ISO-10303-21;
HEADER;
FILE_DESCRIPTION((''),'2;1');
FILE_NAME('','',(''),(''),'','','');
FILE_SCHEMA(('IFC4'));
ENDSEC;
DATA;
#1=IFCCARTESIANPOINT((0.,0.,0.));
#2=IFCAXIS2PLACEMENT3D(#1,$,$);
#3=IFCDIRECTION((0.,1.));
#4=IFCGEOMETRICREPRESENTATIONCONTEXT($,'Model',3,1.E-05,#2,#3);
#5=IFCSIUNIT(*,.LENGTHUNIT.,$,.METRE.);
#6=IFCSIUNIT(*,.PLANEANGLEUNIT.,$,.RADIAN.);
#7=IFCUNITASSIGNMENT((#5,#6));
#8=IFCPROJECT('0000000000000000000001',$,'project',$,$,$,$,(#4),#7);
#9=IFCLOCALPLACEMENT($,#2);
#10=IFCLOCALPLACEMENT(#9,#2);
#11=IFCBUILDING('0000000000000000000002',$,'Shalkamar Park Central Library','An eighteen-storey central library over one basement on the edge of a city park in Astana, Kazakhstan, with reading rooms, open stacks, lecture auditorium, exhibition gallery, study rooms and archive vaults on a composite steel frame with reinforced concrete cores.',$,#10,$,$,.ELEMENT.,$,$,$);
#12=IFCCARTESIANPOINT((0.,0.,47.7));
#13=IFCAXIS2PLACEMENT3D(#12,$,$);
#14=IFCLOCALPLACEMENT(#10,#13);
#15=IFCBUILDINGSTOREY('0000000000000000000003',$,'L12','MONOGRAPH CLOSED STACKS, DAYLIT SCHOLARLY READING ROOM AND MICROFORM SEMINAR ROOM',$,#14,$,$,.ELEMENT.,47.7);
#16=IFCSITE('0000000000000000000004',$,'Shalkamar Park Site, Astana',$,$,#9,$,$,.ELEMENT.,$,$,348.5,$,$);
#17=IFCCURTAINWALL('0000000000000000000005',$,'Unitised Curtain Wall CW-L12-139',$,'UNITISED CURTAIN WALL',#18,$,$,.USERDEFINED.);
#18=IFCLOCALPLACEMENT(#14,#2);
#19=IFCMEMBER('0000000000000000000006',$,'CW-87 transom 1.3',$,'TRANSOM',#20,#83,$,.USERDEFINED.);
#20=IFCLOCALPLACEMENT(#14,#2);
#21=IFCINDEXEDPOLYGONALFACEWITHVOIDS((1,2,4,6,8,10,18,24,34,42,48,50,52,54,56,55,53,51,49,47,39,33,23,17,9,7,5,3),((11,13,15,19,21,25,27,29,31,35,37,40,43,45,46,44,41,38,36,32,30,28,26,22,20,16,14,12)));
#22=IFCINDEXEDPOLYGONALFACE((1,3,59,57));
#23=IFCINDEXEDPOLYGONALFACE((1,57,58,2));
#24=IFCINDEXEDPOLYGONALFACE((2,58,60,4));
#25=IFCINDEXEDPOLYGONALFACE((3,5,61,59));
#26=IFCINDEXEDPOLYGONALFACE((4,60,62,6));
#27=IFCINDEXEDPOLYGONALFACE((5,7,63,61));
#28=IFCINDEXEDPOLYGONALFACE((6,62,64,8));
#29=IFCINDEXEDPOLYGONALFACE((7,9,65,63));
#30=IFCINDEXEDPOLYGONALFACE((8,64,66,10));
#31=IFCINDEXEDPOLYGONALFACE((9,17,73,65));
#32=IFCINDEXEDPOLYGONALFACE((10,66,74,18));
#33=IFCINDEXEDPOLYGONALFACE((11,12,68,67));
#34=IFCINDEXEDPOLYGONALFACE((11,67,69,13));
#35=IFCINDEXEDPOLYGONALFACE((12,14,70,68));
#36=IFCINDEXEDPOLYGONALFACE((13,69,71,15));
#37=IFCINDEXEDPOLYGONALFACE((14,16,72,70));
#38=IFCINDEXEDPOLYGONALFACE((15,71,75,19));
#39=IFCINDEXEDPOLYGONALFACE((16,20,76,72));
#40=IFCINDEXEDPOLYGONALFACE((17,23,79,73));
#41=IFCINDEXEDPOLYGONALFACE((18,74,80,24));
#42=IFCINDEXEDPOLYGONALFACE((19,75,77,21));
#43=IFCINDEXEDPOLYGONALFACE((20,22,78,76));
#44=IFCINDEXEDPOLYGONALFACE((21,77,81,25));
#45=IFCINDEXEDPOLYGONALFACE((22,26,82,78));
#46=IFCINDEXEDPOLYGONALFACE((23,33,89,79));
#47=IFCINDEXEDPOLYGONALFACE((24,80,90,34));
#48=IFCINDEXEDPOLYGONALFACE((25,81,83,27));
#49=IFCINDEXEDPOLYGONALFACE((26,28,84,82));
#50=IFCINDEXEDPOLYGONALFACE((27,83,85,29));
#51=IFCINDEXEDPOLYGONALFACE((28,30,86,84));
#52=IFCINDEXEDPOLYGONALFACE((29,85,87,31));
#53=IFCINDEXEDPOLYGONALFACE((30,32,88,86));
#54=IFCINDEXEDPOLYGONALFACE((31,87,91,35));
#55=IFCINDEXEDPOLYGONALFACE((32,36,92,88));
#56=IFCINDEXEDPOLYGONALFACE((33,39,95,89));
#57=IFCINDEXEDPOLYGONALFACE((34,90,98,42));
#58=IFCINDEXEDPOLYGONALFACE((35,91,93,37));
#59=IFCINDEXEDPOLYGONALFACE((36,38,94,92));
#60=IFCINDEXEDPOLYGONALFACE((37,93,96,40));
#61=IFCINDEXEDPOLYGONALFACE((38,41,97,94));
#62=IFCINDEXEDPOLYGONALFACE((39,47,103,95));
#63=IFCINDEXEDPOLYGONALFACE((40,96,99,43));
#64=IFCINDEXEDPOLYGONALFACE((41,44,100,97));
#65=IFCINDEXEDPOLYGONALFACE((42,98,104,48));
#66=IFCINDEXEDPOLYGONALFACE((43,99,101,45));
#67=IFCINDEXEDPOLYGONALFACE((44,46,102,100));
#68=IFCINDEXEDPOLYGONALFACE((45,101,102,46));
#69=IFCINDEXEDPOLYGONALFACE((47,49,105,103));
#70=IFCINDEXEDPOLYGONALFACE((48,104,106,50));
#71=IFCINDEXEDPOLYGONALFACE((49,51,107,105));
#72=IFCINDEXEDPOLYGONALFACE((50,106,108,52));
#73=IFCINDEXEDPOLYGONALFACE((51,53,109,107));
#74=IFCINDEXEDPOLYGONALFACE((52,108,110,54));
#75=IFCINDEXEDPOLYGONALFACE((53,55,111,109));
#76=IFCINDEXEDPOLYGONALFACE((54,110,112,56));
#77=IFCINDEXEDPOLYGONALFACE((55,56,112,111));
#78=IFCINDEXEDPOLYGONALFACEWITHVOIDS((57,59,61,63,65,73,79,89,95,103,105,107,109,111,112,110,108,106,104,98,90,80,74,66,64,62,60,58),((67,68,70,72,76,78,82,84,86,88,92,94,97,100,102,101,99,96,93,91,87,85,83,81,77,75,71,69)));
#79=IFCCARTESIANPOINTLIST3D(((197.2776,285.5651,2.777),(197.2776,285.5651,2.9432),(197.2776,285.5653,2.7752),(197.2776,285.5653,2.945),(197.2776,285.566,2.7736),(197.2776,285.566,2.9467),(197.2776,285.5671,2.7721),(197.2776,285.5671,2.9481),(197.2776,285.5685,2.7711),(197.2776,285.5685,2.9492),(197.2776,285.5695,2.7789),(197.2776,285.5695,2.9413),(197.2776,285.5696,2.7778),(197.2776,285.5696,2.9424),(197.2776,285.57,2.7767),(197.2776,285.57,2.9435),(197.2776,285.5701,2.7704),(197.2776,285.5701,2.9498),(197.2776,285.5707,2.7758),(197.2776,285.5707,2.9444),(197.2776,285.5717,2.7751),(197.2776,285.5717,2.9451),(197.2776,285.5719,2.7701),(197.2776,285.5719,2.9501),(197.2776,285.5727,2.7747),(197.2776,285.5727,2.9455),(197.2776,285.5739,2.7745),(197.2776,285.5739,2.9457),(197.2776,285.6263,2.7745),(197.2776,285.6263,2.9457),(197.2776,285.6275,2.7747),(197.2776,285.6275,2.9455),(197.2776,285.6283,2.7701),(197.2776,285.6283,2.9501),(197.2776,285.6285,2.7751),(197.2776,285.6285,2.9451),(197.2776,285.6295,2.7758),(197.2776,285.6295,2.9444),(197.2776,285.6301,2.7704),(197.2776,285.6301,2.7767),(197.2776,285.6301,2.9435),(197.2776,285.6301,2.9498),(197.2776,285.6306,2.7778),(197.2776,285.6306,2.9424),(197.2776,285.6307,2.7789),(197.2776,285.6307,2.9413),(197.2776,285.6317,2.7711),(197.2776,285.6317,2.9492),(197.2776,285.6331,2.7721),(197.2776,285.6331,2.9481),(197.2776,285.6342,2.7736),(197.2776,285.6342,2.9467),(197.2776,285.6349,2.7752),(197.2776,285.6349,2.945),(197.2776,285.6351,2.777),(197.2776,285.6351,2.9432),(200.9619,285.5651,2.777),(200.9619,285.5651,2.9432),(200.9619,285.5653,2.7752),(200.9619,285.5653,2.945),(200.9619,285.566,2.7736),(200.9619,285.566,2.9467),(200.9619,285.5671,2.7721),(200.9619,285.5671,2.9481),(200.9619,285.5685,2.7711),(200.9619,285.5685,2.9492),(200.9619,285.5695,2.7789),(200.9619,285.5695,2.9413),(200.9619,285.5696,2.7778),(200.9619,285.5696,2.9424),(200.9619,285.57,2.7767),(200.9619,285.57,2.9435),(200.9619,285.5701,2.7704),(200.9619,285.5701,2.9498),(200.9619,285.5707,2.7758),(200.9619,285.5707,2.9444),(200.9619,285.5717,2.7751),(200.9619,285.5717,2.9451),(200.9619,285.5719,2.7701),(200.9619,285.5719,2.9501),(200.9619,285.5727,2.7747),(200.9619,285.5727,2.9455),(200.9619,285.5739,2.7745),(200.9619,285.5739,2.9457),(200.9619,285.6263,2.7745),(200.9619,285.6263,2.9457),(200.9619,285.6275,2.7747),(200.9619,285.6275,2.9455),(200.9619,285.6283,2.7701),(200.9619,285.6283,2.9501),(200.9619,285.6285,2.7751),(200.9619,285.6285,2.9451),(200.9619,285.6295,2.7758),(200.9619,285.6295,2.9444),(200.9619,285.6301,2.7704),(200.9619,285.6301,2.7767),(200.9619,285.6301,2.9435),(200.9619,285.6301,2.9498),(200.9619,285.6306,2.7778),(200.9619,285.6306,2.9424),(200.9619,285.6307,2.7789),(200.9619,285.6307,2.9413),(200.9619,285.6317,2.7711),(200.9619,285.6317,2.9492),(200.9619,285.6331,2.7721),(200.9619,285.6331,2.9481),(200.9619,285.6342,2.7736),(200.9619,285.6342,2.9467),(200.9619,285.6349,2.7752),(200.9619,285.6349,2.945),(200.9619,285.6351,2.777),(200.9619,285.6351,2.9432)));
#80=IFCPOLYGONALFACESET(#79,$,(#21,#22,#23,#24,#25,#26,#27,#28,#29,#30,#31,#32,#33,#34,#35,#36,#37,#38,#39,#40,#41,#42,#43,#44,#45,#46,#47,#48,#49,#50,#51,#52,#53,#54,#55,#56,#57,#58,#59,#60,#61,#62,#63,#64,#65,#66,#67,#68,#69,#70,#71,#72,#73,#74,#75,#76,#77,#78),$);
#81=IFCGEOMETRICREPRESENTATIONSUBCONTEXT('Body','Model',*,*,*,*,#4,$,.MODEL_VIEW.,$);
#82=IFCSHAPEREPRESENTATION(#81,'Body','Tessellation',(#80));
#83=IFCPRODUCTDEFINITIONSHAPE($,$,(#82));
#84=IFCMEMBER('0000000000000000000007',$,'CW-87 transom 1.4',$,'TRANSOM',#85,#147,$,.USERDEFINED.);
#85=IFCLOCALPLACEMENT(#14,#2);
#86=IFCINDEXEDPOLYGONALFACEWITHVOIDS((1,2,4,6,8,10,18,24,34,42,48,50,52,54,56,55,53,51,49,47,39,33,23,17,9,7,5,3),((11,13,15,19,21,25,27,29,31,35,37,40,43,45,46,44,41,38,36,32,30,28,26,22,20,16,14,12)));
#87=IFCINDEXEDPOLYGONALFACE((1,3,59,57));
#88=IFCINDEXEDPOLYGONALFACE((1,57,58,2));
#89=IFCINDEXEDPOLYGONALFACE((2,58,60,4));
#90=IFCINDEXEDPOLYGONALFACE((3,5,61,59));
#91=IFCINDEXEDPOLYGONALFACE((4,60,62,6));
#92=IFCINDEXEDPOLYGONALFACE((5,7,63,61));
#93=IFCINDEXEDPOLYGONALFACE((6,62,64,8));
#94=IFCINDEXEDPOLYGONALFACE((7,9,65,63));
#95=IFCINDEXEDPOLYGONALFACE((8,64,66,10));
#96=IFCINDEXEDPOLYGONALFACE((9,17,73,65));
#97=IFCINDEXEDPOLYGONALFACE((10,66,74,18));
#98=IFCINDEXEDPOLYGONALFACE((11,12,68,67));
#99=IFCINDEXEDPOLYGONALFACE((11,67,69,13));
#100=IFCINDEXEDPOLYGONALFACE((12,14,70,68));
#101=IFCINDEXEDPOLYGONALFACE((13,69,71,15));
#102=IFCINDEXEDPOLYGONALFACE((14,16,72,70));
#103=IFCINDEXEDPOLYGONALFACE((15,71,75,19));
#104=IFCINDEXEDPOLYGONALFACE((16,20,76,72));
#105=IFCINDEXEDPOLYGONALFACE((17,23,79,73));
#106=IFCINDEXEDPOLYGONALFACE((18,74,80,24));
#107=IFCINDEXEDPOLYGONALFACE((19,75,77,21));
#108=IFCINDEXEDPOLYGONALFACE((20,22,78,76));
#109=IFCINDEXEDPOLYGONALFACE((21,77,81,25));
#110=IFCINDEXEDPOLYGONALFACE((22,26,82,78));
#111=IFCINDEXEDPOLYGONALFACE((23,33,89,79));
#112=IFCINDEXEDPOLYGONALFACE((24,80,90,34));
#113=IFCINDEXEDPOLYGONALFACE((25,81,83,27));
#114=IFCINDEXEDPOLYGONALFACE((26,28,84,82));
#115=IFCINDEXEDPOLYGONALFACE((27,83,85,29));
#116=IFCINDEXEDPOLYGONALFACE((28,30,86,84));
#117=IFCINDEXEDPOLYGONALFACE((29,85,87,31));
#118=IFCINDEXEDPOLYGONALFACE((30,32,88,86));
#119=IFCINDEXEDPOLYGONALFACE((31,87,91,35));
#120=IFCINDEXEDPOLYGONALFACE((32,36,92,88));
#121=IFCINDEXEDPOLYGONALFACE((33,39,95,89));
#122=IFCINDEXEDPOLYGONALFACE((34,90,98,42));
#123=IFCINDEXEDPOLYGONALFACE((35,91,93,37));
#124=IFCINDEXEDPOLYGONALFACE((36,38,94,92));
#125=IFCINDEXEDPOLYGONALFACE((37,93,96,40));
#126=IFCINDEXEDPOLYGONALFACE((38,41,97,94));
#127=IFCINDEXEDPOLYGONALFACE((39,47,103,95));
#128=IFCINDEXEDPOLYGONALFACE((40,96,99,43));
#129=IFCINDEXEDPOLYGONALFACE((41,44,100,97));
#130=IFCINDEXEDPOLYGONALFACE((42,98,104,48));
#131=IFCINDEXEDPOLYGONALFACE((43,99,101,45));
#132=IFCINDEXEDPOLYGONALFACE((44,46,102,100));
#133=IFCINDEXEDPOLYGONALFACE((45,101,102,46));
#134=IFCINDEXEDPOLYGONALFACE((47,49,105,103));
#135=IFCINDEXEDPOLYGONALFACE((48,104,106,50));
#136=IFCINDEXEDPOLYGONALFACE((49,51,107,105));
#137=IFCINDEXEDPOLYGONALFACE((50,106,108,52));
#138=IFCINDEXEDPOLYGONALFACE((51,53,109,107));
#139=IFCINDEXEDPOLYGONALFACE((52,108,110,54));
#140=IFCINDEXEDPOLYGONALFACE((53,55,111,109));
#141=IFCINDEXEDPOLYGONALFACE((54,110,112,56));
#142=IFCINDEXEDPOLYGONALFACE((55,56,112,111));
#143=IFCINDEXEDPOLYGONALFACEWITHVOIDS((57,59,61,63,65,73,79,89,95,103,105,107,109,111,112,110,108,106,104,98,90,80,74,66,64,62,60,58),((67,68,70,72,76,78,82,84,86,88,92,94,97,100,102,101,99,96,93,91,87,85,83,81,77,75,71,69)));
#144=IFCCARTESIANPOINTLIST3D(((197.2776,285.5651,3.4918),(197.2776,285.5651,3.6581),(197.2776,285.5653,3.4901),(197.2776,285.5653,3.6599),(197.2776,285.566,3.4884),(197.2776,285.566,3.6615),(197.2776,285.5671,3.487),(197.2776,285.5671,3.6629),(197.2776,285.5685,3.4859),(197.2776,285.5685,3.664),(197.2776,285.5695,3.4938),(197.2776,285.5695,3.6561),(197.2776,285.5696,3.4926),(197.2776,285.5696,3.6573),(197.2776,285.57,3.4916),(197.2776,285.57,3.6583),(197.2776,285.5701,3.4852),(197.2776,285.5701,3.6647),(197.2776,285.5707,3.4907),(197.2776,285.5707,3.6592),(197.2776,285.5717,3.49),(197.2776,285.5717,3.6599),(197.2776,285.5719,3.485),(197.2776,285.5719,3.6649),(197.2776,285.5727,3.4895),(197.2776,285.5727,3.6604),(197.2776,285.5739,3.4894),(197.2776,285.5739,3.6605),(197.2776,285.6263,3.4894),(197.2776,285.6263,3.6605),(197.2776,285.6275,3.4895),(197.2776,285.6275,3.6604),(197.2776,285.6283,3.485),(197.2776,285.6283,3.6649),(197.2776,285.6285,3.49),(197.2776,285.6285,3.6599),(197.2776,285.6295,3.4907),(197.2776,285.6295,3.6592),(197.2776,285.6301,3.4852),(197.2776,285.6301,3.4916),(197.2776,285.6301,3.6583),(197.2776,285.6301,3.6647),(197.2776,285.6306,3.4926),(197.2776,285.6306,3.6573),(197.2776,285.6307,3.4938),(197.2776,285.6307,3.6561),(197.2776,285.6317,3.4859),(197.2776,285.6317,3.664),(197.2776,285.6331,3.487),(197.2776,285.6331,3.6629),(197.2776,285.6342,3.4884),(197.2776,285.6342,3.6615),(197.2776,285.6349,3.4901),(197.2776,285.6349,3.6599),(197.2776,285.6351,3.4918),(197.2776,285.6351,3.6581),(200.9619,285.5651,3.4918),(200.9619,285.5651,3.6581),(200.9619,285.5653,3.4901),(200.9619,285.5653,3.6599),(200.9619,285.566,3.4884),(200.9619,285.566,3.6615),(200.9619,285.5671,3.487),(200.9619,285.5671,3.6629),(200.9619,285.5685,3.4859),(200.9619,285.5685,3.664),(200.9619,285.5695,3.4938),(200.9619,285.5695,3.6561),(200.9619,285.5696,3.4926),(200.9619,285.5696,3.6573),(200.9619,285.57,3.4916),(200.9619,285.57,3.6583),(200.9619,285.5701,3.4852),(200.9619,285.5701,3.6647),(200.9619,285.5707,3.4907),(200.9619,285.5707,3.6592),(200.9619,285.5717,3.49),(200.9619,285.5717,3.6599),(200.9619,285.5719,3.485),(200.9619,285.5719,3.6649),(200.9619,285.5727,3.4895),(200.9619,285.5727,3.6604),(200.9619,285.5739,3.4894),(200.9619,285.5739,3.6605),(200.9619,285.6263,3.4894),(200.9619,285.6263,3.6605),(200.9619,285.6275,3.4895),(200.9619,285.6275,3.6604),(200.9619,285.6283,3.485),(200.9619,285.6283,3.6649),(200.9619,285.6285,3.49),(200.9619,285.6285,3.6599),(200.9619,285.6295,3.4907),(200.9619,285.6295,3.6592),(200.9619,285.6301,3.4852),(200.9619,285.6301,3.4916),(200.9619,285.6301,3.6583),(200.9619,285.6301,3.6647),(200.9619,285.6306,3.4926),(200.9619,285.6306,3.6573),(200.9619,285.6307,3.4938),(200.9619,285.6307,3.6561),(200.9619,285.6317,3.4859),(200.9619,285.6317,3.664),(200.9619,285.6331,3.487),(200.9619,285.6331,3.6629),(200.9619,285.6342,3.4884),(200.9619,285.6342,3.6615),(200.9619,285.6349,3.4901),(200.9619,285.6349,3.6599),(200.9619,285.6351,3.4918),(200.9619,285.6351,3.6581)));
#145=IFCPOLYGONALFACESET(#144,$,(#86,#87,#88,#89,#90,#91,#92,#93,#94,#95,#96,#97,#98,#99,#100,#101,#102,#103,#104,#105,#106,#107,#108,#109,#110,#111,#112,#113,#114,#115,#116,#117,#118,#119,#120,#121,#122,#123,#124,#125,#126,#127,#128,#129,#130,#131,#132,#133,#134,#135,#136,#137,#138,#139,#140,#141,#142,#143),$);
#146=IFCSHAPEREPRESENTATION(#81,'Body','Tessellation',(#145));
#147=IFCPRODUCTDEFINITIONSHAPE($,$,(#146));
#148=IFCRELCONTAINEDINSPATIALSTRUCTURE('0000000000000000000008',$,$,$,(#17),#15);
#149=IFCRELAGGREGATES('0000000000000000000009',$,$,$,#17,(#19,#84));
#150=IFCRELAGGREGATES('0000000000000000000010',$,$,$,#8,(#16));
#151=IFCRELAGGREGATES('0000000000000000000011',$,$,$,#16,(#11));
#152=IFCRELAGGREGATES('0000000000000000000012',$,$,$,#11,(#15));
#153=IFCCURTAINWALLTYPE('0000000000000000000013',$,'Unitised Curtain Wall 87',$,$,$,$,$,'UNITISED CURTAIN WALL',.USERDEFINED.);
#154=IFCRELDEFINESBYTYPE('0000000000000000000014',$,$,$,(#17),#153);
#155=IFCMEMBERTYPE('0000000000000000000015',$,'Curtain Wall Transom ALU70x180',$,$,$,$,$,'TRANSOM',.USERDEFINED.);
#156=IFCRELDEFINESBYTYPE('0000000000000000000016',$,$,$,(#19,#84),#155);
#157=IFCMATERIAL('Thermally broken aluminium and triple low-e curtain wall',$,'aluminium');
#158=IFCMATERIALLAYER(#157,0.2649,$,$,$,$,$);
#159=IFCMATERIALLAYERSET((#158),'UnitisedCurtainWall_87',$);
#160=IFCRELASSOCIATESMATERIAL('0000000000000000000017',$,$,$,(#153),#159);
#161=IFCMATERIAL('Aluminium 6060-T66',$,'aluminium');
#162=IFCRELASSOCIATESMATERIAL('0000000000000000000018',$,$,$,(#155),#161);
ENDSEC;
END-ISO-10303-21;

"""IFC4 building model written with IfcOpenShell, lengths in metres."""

from ifc_helpers import new_model, si_unit, direction, frame, origin, origin_2d, place, context, subcontext, project, spatial, hollow_rectangle, extrude, material, layer, layer_set, material_profile, profile_set, type_object, element, aggregate, save


model = new_model("IFC4")

# Units and contexts
model_context = context("Model", 3, precision=1e-05, world=origin(), true_north=direction((0.0, 1.0)))
body_context = subcontext(model_context, "Body", "Model", "MODEL_VIEW")
ifc_project = project(units=[si_unit("LENGTHUNIT", "METRE"), si_unit("PLANEANGLEUNIT", "RADIAN")], contexts=[model_context])

# Site, building, storey
site_placement = place(None, origin())
site = spatial("IfcSite", under=ifc_project, at=site_placement, Name="Shalkamar Park Site, Astana", CompositionType="ELEMENT", RefElevation=348.5)
building_placement = place(site_placement, origin())
building = spatial("IfcBuilding", under=site, at=building_placement, Name="Shalkamar Park Central Library", Description="An eighteen-storey central library over one basement on the edge of a city park in Astana, Kazakhstan, with reading rooms, open stacks, lecture auditorium, exhibition gallery, study rooms and archive vaults on a composite steel frame with reinforced concrete cores.", CompositionType="ELEMENT")
storey_placement = place(building_placement, frame((0.0, 0.0, 47.7)))
storey = spatial("IfcBuildingStorey", under=building, at=storey_placement, Name="L12", Description="MONOGRAPH CLOSED STACKS, DAYLIT SCHOLARLY READING ROOM AND MICROFORM SEMINAR ROOM", CompositionType="ELEMENT", Elevation=47.7)

# Curtain wall
ifc_material_1 = material(Name="Thermally broken aluminium and triple low-e curtain wall", Category="aluminium")
ifc_layer_1 = layer(ifc_material_1, 0.2649)
ifc_layer_set_1 = layer_set([ifc_layer_1], Name="UnitisedCurtainWall_87")
curtain_wall_type_1 = type_object("IfcCurtainWallType", Name="Unitised Curtain Wall 87", ElementType="UNITISED CURTAIN WALL", PredefinedType="USERDEFINED", material=ifc_layer_set_1)
curtain_wall_1_placement = place(storey_placement, origin())
curtain_wall_1 = element("IfcCurtainWall", 1, at=curtain_wall_1_placement, inside=storey, type_object=curtain_wall_type_1, Name="Unitised Curtain Wall CW-L12-139", ObjectType="UNITISED CURTAIN WALL", PredefinedType="USERDEFINED")
ifc_material_2 = material(Name="Aluminium 6060-T66", Category="aluminium")

# Members
ifc_material_profile_1 = material_profile(ifc_material_2, hollow_rectangle(XDim=0.0701, YDim=0.1799, WallThickness=0.0044, InnerFilletRadius=0.0044, OuterFilletRadius=0.0068, at=origin_2d()), Name="ALU 70x180x4.5")
ifc_profile_set_1 = profile_set([ifc_material_profile_1], Name="Aluminium 6060-T66")
member_type_1 = type_object("IfcMemberType", Name="Curtain Wall Transom ALU70x180", ElementType="TRANSOM", PredefinedType="USERDEFINED", material=ifc_profile_set_1)
member_1_placement = place(storey_placement, frame((197.2776, 285.6001, 2.8601), z_axis=(1.0, 0.0, 0.0), x_axis=(0.0, 1.0, 0.0)))
member_1 = element("IfcMember", 2, at=member_1_placement, type_object=member_type_1, Name="CW-87 transom 1.3", ObjectType="TRANSOM", PredefinedType="USERDEFINED", context=body_context, shape_type="SweptSolid", body=[
    extrude(hollow_rectangle(XDim=0.0701, YDim=0.1799, WallThickness=0.0044, InnerFilletRadius=0.0044, OuterFilletRadius=0.0068, at=origin_2d()), origin(), (0.0, 0.0, 1.0), 3.6843),
])
member_2_placement = place(storey_placement, frame((197.2776, 285.6001, 3.575), z_axis=(1.0, 0.0, 0.0), x_axis=(0.0, 1.0, 0.0)))
member_2 = element("IfcMember", 3, at=member_2_placement, type_object=member_type_1, Name="CW-87 transom 1.4", ObjectType="TRANSOM", PredefinedType="USERDEFINED", context=body_context, shape_type="SweptSolid", body=[
    extrude(hollow_rectangle(XDim=0.0701, YDim=0.1799, WallThickness=0.0044, InnerFilletRadius=0.0044, OuterFilletRadius=0.0068, at=origin_2d()), origin(), (0.0, 0.0, 1.0), 3.6843),
])

aggregate(curtain_wall_1, [member_1, member_2])

save(model, "model.ifc")
